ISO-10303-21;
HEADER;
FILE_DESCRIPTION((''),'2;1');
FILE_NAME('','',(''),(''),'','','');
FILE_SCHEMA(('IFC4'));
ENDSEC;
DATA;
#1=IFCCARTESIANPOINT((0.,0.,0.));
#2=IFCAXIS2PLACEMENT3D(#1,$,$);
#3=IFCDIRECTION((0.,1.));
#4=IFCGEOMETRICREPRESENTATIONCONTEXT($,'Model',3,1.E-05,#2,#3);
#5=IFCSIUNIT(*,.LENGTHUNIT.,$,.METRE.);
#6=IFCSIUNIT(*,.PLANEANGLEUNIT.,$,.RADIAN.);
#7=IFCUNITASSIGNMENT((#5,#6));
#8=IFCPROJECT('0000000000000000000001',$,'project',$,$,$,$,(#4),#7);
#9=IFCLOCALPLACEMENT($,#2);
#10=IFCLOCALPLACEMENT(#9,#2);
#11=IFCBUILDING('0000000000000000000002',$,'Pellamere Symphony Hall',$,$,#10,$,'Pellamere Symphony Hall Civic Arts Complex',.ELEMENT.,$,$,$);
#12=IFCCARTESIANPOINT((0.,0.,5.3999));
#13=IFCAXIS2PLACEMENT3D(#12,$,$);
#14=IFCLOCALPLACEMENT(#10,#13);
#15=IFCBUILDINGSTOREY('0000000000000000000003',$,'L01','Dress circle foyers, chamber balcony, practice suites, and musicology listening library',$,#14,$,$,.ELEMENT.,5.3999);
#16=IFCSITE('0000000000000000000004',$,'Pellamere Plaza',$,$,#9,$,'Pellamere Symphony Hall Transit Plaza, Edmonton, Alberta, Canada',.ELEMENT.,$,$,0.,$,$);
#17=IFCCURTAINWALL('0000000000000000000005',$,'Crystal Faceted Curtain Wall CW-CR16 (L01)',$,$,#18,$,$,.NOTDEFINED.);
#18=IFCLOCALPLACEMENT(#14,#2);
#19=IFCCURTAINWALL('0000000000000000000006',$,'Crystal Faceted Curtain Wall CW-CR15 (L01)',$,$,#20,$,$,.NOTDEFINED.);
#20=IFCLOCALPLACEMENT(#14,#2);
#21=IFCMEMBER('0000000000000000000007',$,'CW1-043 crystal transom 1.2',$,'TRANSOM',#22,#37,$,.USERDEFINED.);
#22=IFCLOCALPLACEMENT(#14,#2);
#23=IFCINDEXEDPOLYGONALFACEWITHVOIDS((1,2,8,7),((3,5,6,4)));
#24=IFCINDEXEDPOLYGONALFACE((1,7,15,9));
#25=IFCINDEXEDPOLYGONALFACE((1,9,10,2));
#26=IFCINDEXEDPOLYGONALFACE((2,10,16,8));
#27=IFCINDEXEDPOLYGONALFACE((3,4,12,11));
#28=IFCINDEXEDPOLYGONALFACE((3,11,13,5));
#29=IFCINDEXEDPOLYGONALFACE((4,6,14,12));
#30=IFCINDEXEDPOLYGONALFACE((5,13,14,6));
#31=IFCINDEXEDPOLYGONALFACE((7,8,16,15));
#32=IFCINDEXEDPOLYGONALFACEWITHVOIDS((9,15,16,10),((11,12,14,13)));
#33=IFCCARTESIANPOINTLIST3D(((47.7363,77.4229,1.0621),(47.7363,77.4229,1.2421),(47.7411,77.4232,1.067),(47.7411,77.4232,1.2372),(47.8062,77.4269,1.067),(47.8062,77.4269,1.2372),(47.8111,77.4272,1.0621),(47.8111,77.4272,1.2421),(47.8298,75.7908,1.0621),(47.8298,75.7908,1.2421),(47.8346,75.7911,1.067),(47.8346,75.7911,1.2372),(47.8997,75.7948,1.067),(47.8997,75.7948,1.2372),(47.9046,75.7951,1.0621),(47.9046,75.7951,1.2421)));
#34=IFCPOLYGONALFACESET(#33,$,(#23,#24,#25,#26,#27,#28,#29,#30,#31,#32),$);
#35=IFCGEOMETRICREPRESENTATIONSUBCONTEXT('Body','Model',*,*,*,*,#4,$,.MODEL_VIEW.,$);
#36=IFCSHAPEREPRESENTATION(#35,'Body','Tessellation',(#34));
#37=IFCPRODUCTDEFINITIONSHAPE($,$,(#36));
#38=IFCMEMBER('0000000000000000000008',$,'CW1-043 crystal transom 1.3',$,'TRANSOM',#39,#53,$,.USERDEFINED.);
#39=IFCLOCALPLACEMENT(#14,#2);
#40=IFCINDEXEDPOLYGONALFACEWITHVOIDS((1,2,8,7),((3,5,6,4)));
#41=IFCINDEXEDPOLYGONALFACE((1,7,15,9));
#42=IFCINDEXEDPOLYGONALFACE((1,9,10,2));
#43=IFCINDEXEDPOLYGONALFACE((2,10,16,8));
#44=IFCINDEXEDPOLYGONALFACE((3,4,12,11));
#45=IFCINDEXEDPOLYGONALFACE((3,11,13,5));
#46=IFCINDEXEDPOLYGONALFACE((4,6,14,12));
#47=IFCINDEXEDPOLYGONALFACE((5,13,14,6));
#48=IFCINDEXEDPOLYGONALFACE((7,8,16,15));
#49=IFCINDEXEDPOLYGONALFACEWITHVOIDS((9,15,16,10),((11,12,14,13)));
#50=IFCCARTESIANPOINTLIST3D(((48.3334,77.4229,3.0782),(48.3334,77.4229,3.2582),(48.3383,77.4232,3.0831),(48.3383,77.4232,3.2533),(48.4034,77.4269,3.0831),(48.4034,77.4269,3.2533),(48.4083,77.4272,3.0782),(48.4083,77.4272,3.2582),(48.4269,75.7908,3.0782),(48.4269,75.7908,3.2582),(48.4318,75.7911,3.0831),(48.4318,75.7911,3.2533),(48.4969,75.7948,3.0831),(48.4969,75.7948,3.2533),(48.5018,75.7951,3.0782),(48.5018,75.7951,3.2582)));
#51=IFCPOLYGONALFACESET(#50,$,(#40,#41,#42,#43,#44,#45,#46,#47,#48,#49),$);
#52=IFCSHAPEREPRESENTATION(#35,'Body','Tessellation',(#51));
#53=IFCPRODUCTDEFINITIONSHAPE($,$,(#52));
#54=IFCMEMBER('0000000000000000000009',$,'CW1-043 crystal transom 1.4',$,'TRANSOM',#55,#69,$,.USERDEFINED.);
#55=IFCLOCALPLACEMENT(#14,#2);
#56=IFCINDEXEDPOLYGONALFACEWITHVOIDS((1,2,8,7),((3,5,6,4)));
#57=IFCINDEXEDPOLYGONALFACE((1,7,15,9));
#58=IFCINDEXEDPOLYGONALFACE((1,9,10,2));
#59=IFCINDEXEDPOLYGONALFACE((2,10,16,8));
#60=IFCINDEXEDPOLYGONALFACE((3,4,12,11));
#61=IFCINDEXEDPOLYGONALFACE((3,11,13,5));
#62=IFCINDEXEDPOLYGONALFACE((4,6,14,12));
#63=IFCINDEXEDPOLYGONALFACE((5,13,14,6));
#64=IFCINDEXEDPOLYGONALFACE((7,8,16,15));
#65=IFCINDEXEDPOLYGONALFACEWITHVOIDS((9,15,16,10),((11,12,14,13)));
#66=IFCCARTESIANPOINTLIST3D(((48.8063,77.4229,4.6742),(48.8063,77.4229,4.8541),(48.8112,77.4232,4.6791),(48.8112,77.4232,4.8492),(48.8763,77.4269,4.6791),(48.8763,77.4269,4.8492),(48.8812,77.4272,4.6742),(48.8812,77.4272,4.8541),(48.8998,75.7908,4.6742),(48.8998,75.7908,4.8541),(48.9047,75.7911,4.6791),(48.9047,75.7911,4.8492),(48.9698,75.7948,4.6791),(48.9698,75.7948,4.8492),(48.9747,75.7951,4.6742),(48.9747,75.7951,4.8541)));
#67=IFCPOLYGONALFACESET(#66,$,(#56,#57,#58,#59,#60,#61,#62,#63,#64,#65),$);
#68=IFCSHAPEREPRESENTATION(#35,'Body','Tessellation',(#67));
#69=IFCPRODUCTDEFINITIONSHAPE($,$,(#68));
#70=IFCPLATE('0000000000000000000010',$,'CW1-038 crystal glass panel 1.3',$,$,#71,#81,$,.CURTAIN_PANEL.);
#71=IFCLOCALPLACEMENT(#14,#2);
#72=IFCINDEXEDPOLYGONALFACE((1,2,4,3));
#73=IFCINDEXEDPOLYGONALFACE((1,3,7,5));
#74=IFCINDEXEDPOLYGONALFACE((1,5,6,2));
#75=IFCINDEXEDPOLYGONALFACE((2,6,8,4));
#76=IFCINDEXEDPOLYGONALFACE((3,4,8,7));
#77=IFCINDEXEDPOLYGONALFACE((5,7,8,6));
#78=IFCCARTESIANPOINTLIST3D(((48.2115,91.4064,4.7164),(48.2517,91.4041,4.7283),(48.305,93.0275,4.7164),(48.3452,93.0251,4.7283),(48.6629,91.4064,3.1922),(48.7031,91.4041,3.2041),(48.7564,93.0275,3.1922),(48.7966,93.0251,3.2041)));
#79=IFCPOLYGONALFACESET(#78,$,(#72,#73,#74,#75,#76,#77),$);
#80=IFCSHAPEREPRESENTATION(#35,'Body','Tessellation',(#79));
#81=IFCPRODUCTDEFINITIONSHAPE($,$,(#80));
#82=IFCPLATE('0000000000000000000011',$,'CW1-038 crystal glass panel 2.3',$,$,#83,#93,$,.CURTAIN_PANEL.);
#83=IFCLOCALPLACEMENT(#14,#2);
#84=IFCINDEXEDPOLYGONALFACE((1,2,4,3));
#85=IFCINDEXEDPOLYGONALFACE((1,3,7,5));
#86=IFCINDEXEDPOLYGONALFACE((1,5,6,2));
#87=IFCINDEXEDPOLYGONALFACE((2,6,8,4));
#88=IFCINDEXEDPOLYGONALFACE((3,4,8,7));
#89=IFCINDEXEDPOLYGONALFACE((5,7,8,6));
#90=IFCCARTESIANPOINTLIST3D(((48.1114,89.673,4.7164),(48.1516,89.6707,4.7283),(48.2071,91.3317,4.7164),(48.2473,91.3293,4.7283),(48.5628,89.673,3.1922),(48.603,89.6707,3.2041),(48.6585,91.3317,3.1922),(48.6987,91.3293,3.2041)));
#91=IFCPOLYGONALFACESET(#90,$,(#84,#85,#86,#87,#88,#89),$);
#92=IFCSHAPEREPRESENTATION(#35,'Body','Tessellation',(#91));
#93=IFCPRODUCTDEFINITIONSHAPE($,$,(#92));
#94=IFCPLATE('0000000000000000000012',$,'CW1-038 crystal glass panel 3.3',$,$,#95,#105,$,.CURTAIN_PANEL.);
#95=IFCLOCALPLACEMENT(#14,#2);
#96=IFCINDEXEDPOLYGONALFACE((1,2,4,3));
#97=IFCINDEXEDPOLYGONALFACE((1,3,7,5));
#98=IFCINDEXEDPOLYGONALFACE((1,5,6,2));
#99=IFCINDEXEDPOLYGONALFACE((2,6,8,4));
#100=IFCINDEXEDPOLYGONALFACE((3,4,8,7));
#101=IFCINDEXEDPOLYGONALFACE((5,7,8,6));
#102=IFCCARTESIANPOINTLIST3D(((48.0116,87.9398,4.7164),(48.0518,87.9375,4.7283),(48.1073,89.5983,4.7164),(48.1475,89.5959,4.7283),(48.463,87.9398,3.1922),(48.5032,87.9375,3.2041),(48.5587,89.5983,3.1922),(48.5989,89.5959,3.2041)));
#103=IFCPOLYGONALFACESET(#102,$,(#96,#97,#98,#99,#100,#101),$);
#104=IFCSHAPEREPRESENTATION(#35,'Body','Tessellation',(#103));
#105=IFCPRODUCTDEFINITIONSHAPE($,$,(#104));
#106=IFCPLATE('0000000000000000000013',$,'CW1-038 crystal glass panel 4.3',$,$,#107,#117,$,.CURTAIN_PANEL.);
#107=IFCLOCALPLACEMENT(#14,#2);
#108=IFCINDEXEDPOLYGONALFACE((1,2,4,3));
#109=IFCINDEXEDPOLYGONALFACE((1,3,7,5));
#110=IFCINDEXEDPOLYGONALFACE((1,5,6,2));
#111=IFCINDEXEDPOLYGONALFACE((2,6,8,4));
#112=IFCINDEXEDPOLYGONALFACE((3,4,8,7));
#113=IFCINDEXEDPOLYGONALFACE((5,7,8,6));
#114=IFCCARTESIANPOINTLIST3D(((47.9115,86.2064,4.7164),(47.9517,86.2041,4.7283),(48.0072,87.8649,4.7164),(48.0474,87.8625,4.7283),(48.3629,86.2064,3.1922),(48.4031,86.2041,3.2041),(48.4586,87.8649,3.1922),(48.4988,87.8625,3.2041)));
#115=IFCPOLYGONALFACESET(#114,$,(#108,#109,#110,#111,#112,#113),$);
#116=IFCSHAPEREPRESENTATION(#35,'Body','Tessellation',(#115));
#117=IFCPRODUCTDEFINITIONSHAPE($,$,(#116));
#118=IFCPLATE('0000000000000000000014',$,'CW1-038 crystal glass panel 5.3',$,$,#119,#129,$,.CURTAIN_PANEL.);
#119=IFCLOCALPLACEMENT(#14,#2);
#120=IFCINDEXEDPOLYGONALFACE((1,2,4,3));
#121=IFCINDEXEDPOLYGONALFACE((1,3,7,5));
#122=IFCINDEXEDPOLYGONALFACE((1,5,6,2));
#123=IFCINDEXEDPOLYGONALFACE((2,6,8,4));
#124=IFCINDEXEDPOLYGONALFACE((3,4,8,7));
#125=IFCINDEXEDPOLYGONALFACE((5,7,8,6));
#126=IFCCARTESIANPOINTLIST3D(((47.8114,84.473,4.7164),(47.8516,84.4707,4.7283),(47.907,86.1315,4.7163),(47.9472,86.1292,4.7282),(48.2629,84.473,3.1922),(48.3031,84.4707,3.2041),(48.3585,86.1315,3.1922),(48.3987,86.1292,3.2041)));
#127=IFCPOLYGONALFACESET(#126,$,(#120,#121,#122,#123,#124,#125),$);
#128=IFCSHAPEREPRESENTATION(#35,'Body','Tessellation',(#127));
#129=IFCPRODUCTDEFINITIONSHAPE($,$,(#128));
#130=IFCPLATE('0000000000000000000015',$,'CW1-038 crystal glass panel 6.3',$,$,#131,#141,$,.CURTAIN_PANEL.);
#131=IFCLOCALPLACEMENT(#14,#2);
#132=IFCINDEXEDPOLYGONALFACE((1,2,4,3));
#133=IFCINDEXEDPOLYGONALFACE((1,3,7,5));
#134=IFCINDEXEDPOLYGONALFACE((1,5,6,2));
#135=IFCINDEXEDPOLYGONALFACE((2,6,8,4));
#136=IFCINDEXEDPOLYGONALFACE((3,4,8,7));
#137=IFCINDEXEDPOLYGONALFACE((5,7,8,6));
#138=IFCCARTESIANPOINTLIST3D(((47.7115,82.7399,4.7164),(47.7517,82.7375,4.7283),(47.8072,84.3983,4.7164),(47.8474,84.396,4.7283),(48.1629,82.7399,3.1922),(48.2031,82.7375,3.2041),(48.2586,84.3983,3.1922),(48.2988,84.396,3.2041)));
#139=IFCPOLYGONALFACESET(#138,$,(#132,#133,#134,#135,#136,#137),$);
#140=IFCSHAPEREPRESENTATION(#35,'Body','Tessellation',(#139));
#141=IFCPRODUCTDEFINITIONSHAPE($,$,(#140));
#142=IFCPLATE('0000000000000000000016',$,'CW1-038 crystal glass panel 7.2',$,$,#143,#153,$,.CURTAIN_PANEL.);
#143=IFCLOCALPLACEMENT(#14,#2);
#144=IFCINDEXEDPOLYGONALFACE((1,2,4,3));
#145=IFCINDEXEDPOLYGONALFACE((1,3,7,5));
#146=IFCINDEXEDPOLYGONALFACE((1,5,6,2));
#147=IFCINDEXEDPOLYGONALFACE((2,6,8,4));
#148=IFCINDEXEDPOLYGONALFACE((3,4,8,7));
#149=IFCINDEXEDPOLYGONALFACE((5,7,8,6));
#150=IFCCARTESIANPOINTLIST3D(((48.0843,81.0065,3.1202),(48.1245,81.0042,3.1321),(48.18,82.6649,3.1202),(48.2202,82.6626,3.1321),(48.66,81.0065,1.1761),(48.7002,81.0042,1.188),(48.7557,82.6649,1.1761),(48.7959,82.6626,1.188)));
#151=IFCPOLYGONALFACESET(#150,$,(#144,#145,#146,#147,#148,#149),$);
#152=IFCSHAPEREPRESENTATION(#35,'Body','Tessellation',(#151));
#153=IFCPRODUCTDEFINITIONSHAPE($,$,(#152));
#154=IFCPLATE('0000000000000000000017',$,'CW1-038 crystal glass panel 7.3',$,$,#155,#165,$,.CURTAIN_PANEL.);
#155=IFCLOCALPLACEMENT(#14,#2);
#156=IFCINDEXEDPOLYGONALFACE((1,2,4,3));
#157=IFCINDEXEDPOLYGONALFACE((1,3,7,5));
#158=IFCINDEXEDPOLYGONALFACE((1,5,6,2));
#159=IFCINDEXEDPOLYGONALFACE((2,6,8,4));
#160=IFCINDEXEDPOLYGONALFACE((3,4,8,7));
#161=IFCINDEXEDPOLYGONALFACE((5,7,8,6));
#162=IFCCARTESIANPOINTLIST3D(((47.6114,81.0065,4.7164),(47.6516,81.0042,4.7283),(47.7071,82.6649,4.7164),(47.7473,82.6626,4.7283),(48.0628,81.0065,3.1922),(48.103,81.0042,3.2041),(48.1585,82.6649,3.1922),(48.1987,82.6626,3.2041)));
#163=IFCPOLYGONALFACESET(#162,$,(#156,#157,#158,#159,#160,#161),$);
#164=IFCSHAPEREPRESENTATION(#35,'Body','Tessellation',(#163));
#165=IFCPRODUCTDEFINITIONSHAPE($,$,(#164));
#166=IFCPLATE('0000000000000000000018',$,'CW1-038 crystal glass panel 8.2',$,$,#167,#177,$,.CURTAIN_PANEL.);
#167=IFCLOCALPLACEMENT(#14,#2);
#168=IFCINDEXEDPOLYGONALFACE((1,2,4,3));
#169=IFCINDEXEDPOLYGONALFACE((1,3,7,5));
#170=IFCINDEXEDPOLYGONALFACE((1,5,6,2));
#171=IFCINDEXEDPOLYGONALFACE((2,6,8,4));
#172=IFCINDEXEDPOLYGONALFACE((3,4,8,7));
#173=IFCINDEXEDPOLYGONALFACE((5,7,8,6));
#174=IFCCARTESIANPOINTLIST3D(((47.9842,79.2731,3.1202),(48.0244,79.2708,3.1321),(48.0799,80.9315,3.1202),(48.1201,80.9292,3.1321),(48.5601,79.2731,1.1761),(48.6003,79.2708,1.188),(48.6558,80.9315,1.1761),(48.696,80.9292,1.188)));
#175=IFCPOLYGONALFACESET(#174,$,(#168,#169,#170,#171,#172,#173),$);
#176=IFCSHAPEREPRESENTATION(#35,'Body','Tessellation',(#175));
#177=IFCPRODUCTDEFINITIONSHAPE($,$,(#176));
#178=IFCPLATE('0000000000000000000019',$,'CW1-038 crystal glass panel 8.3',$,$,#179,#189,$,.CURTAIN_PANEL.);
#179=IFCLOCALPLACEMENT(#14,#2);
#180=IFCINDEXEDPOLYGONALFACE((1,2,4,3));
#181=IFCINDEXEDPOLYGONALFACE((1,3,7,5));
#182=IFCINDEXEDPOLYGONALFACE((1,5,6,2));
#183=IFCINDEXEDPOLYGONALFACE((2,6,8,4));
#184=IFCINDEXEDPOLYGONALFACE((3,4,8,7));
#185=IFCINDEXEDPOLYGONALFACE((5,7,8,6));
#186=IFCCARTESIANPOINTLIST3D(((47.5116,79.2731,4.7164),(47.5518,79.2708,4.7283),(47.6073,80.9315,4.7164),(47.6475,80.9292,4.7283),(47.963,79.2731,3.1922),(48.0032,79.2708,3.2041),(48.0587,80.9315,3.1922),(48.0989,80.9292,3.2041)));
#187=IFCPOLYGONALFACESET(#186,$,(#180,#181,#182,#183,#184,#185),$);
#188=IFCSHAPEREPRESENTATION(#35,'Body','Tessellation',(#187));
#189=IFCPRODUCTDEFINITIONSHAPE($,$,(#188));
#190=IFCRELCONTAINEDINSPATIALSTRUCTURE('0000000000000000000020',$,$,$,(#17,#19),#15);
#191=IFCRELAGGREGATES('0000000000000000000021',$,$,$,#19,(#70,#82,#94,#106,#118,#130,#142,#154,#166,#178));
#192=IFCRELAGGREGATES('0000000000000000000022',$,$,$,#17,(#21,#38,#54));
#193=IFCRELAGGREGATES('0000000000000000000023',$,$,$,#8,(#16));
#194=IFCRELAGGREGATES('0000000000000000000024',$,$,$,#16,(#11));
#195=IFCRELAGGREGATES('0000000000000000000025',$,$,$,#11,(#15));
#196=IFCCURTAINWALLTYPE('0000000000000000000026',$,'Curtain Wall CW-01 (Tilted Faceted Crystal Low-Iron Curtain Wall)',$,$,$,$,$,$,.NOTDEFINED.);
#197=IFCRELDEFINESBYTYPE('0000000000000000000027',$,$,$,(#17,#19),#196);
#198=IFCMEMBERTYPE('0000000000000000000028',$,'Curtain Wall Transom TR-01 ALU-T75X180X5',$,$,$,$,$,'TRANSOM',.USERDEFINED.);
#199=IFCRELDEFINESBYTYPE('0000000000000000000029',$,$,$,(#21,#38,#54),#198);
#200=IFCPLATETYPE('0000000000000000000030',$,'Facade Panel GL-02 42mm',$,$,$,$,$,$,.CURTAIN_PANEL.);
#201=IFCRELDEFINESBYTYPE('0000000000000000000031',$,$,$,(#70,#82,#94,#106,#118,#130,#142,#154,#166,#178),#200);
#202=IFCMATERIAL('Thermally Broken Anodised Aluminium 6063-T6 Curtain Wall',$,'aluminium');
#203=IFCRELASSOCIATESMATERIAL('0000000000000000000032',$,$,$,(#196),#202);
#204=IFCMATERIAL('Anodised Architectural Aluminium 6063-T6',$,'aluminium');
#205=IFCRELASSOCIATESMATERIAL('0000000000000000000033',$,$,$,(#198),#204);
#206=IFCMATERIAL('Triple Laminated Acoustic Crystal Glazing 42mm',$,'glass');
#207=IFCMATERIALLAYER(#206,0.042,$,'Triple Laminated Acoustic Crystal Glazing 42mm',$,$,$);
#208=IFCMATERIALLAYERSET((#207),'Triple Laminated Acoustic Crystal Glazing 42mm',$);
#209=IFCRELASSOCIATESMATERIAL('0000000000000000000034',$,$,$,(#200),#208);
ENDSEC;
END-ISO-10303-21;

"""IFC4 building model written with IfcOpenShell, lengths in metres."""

from ifc_helpers import new_model, si_unit, direction, frame, origin, origin_2d, place, context, subcontext, project, spatial, polyline, hollow_rectangle, outline, extrude, material, layer, layer_set, material_profile, profile_set, type_object, element, aggregate, save


model = new_model("IFC4")

# Units and contexts
model_context = context("Model", 3, precision=1e-05, world=origin(), true_north=direction((0.0, 1.0)))
body_context = subcontext(model_context, "Body", "Model", "MODEL_VIEW")
ifc_project = project(units=[si_unit("LENGTHUNIT", "METRE"), si_unit("PLANEANGLEUNIT", "RADIAN")], contexts=[model_context])

# Site, building, storey
site_placement = place(None, origin())
site = spatial("IfcSite", under=ifc_project, at=site_placement, Name="Pellamere Plaza", LongName="Pellamere Symphony Hall Transit Plaza, Edmonton, Alberta, Canada", CompositionType="ELEMENT", RefElevation=0.0)
building_placement = place(site_placement, origin())
building = spatial("IfcBuilding", under=site, at=building_placement, Name="Pellamere Symphony Hall", LongName="Pellamere Symphony Hall Civic Arts Complex", CompositionType="ELEMENT")
storey_placement = place(building_placement, frame((0.0, 0.0, 5.3999)))
storey = spatial("IfcBuildingStorey", under=building, at=storey_placement, Name="L01", Description="Dress circle foyers, chamber balcony, practice suites, and musicology listening library", CompositionType="ELEMENT", Elevation=5.3999)

# Curtain wall
ifc_material_1 = material(Name="Thermally Broken Anodised Aluminium 6063-T6 Curtain Wall", Category="aluminium")
curtain_wall_type = type_object("IfcCurtainWallType", Name="Curtain Wall CW-01 (Tilted Faceted Crystal Low-Iron Curtain Wall)", PredefinedType="NOTDEFINED", material=ifc_material_1)
curtain_wall_1_placement = place(storey_placement, origin())
curtain_wall_1 = element("IfcCurtainWall", 1, at=curtain_wall_1_placement, inside=storey, type_object=curtain_wall_type, Name="Crystal Faceted Curtain Wall CW-CR16 (L01)", PredefinedType="NOTDEFINED")
ifc_material_2 = material(Name="Anodised Architectural Aluminium 6063-T6", Category="aluminium")

# Curtain wall
curtain_wall_2_placement = place(storey_placement, origin())
curtain_wall_2 = element("IfcCurtainWall", 2, at=curtain_wall_2_placement, inside=storey, type_object=curtain_wall_type, Name="Crystal Faceted Curtain Wall CW-CR15 (L01)", PredefinedType="NOTDEFINED")
ifc_material_profile_1 = material_profile(ifc_material_2, hollow_rectangle(XDim=0.075, YDim=0.1799, WallThickness=0.0049, at=origin_2d()), Name="ALU-T75X180X5")
ifc_profile_set_1 = profile_set([ifc_material_profile_1], Name="Anodised Architectural Aluminium 6063-T6")
member_type_1 = type_object("IfcMemberType", Name="Curtain Wall Transom TR-01 ALU-T75X180X5", ElementType="TRANSOM", PredefinedType="USERDEFINED", material=ifc_profile_set_1)

# Members
member_1_placement = place(storey_placement, frame((47.7737, 77.425, 1.1521), z_axis=(0.057199, -0.998363, 0.0), x_axis=(0.998363, 0.057199, 0.0)))
member_1 = element("IfcMember", 3, at=member_1_placement, type_object=member_type_1, Name="CW1-043 crystal transom 1.2", ObjectType="TRANSOM", PredefinedType="USERDEFINED", context=body_context, shape_type="SweptSolid", body=[
    extrude(hollow_rectangle(XDim=0.075, YDim=0.1799, WallThickness=0.0049, at=origin_2d()), origin(), (0.0, 0.0, 1.0), 1.6348),
])
member_2_placement = place(storey_placement, frame((48.3708, 77.425, 3.1682), z_axis=(0.057199, -0.998363, 0.0), x_axis=(0.998363, 0.057199, 0.0)))
member_2 = element("IfcMember", 4, at=member_2_placement, type_object=member_type_1, Name="CW1-043 crystal transom 1.3", ObjectType="TRANSOM", PredefinedType="USERDEFINED", context=body_context, shape_type="SweptSolid", body=[
    extrude(hollow_rectangle(XDim=0.075, YDim=0.1799, WallThickness=0.0049, at=origin_2d()), origin(), (0.0, 0.0, 1.0), 1.6348),
])
member_3_placement = place(storey_placement, frame((48.8438, 77.425, 4.7642), z_axis=(0.057199, -0.998363, 0.0), x_axis=(0.998363, 0.057199, 0.0)))
member_3 = element("IfcMember", 5, at=member_3_placement, type_object=member_type_1, Name="CW1-043 crystal transom 1.4", ObjectType="TRANSOM", PredefinedType="USERDEFINED", context=body_context, shape_type="SweptSolid", body=[
    extrude(hollow_rectangle(XDim=0.075, YDim=0.1799, WallThickness=0.0049, at=origin_2d()), origin(), (0.0, 0.0, 1.0), 1.6348),
])

# Plates
ifc_material_3 = material(Name="Triple Laminated Acoustic Crystal Glazing 42mm", Category="glass")
ifc_layer_1 = layer(ifc_material_3, 0.042, Name="Triple Laminated Acoustic Crystal Glazing 42mm")
ifc_layer_set_1 = layer_set([ifc_layer_1], Name="Triple Laminated Acoustic Crystal Glazing 42mm")
plate_type_1 = type_object("IfcPlateType", Name="Facade Panel GL-02 42mm", PredefinedType="CURTAIN_PANEL", material=ifc_layer_set_1)
plate_1_placement = place(storey_placement, frame((48.7966, 93.0251, 3.2041), z_axis=(0.957368, -0.055222, 0.283545), x_axis=(-0.057585, -0.998341, 0.0)))
plate_1 = element("IfcPlate", 6, at=plate_1_placement, type_object=plate_type_1, Name="CW1-038 crystal glass panel 1.3", PredefinedType="CURTAIN_PANEL", context=body_context, shape_type="SweptSolid", body=[
    extrude(outline(polyline([(0.0, 0.0), (1.6238, 0.0), (1.6498, -1.5894), (0.026, -1.5894), (0.0, 0.0)])), origin(), (0.0, 0.0, -1.0), 0.042),
])
plate_2_placement = place(storey_placement, frame((48.6987, 91.3293, 3.2041), z_axis=(0.957367, -0.055238, 0.283545), x_axis=(-0.057602, -0.99834, 0.0)))
plate_2 = element("IfcPlate", 7, at=plate_2_placement, type_object=plate_type_1, Name="CW1-038 crystal glass panel 2.3", PredefinedType="CURTAIN_PANEL", context=body_context, shape_type="SweptSolid", body=[
    extrude(outline(polyline([(0.0, 0.0), (1.6615, 0.0), (1.6875, -1.5894), (0.026, -1.5894), (0.0, 0.0)])), origin(), (0.0, 0.0, -1.0), 0.042),
])
plate_3_placement = place(storey_placement, frame((48.5989, 89.5959, 3.2041), z_axis=(0.957366, -0.055246, 0.283545), x_axis=(-0.057611, -0.998339, 0.0)))
plate_3 = element("IfcPlate", 8, at=plate_3_placement, type_object=plate_type_1, Name="CW1-038 crystal glass panel 3.3", PredefinedType="CURTAIN_PANEL", context=body_context, shape_type="SweptSolid", body=[
    extrude(outline(polyline([(0.0, 0.0), (1.6612, 0.0), (1.6872, -1.5894), (0.026, -1.5894), (0.0, 0.0)])), origin(), (0.0, 0.0, -1.0), 0.042),
])
plate_4_placement = place(storey_placement, frame((48.4988, 87.8625, 3.2041), z_axis=(0.957366, -0.055246, 0.283545), x_axis=(-0.057611, -0.998339, 0.0)))
plate_4 = element("IfcPlate", 9, at=plate_4_placement, type_object=plate_type_1, Name="CW1-038 crystal glass panel 4.3", PredefinedType="CURTAIN_PANEL", context=body_context, shape_type="SweptSolid", body=[
    extrude(outline(polyline([(0.0, 0.0), (1.6612, 0.0), (1.6872, -1.5894), (0.026, -1.5894), (0.0, 0.0)])), origin(), (0.0, 0.0, -1.0), 0.042),
])
plate_5_placement = place(storey_placement, frame((48.3987, 86.1292, 3.2041), z_axis=(0.957349, -0.055175, 0.283616), x_axis=(-0.057531, -0.998344, -0.00002)))
plate_5 = element("IfcPlate", 10, at=plate_5_placement, type_object=plate_type_1, Name="CW1-038 crystal glass panel 5.3", PredefinedType="CURTAIN_PANEL", context=body_context, shape_type="SweptSolid", body=[
    extrude(outline(polyline([(0.0, 0.0), (1.6612, 0.0), (1.6871, -1.5895), (0.0259, -1.5894), (0.0, 0.0)])), origin(), (0.0, 0.0, -1.0), 0.042),
])
plate_6_placement = place(storey_placement, frame((48.2988, 84.396, 3.2041), z_axis=(0.957366, -0.055246, 0.283545), x_axis=(-0.057611, -0.998339, 0.0)))
plate_6 = element("IfcPlate", 11, at=plate_6_placement, type_object=plate_type_1, Name="CW1-038 crystal glass panel 6.3", PredefinedType="CURTAIN_PANEL", context=body_context, shape_type="SweptSolid", body=[
    extrude(outline(polyline([(0.0, 0.0), (1.6612, 0.0), (1.6872, -1.5894), (0.026, -1.5894), (0.0, 0.0)])), origin(), (0.0, 0.0, -1.0), 0.042),
])
plate_7_placement = place(storey_placement, frame((48.7959, 82.6626, 1.188), z_axis=(0.95738, -0.055247, 0.283499), x_axis=(-0.057611, -0.998339, 0.0)))
plate_7 = element("IfcPlate", 12, at=plate_7_placement, type_object=plate_type_1, Name="CW1-038 crystal glass panel 7.2", PredefinedType="CURTAIN_PANEL", context=body_context, shape_type="SweptSolid", body=[
    extrude(outline(polyline([(0.0, 0.0), (1.6612, 0.0), (1.6944, -2.0273), (0.0332, -2.0273), (0.0, 0.0)])), origin(), (0.0, 0.0, -1.0), 0.042),
])
plate_8_placement = place(storey_placement, frame((48.1987, 82.6626, 3.2041), z_axis=(0.957366, -0.055246, 0.283545), x_axis=(-0.057611, -0.998339, 0.0)))
plate_8 = element("IfcPlate", 13, at=plate_8_placement, type_object=plate_type_1, Name="CW1-038 crystal glass panel 7.3", PredefinedType="CURTAIN_PANEL", context=body_context, shape_type="SweptSolid", body=[
    extrude(outline(polyline([(0.0, 0.0), (1.6612, 0.0), (1.6872, -1.5894), (0.026, -1.5894), (0.0, 0.0)])), origin(), (0.0, 0.0, -1.0), 0.042),
])
plate_9_placement = place(storey_placement, frame((48.696, 80.9292, 1.188), z_axis=(0.957347, -0.055245, 0.283609), x_axis=(-0.057611, -0.998339, 0.0)))
plate_9 = element("IfcPlate", 14, at=plate_9_placement, type_object=plate_type_1, Name="CW1-038 crystal glass panel 8.2", PredefinedType="CURTAIN_PANEL", context=body_context, shape_type="SweptSolid", body=[
    extrude(outline(polyline([(0.0, 0.0), (1.6612, 0.0), (1.6944, -2.0273), (0.0332, -2.0273), (0.0, 0.0)])), origin(), (0.0, 0.0, -1.0), 0.042),
])
plate_10_placement = place(storey_placement, frame((48.0989, 80.9292, 3.2041), z_axis=(0.957366, -0.055246, 0.283545), x_axis=(-0.057611, -0.998339, 0.0)))
plate_10 = element("IfcPlate", 15, at=plate_10_placement, type_object=plate_type_1, Name="CW1-038 crystal glass panel 8.3", PredefinedType="CURTAIN_PANEL", context=body_context, shape_type="SweptSolid", body=[
    extrude(outline(polyline([(0.0, 0.0), (1.6612, 0.0), (1.6872, -1.5894), (0.026, -1.5894), (0.0, 0.0)])), origin(), (0.0, 0.0, -1.0), 0.042),
])
aggregate(curtain_wall_2, [plate_1, plate_2, plate_3, plate_4, plate_5, plate_6, plate_7, plate_8, plate_9, plate_10])
aggregate(curtain_wall_1, [member_1, member_2, member_3])

save(model, "model.ifc")
